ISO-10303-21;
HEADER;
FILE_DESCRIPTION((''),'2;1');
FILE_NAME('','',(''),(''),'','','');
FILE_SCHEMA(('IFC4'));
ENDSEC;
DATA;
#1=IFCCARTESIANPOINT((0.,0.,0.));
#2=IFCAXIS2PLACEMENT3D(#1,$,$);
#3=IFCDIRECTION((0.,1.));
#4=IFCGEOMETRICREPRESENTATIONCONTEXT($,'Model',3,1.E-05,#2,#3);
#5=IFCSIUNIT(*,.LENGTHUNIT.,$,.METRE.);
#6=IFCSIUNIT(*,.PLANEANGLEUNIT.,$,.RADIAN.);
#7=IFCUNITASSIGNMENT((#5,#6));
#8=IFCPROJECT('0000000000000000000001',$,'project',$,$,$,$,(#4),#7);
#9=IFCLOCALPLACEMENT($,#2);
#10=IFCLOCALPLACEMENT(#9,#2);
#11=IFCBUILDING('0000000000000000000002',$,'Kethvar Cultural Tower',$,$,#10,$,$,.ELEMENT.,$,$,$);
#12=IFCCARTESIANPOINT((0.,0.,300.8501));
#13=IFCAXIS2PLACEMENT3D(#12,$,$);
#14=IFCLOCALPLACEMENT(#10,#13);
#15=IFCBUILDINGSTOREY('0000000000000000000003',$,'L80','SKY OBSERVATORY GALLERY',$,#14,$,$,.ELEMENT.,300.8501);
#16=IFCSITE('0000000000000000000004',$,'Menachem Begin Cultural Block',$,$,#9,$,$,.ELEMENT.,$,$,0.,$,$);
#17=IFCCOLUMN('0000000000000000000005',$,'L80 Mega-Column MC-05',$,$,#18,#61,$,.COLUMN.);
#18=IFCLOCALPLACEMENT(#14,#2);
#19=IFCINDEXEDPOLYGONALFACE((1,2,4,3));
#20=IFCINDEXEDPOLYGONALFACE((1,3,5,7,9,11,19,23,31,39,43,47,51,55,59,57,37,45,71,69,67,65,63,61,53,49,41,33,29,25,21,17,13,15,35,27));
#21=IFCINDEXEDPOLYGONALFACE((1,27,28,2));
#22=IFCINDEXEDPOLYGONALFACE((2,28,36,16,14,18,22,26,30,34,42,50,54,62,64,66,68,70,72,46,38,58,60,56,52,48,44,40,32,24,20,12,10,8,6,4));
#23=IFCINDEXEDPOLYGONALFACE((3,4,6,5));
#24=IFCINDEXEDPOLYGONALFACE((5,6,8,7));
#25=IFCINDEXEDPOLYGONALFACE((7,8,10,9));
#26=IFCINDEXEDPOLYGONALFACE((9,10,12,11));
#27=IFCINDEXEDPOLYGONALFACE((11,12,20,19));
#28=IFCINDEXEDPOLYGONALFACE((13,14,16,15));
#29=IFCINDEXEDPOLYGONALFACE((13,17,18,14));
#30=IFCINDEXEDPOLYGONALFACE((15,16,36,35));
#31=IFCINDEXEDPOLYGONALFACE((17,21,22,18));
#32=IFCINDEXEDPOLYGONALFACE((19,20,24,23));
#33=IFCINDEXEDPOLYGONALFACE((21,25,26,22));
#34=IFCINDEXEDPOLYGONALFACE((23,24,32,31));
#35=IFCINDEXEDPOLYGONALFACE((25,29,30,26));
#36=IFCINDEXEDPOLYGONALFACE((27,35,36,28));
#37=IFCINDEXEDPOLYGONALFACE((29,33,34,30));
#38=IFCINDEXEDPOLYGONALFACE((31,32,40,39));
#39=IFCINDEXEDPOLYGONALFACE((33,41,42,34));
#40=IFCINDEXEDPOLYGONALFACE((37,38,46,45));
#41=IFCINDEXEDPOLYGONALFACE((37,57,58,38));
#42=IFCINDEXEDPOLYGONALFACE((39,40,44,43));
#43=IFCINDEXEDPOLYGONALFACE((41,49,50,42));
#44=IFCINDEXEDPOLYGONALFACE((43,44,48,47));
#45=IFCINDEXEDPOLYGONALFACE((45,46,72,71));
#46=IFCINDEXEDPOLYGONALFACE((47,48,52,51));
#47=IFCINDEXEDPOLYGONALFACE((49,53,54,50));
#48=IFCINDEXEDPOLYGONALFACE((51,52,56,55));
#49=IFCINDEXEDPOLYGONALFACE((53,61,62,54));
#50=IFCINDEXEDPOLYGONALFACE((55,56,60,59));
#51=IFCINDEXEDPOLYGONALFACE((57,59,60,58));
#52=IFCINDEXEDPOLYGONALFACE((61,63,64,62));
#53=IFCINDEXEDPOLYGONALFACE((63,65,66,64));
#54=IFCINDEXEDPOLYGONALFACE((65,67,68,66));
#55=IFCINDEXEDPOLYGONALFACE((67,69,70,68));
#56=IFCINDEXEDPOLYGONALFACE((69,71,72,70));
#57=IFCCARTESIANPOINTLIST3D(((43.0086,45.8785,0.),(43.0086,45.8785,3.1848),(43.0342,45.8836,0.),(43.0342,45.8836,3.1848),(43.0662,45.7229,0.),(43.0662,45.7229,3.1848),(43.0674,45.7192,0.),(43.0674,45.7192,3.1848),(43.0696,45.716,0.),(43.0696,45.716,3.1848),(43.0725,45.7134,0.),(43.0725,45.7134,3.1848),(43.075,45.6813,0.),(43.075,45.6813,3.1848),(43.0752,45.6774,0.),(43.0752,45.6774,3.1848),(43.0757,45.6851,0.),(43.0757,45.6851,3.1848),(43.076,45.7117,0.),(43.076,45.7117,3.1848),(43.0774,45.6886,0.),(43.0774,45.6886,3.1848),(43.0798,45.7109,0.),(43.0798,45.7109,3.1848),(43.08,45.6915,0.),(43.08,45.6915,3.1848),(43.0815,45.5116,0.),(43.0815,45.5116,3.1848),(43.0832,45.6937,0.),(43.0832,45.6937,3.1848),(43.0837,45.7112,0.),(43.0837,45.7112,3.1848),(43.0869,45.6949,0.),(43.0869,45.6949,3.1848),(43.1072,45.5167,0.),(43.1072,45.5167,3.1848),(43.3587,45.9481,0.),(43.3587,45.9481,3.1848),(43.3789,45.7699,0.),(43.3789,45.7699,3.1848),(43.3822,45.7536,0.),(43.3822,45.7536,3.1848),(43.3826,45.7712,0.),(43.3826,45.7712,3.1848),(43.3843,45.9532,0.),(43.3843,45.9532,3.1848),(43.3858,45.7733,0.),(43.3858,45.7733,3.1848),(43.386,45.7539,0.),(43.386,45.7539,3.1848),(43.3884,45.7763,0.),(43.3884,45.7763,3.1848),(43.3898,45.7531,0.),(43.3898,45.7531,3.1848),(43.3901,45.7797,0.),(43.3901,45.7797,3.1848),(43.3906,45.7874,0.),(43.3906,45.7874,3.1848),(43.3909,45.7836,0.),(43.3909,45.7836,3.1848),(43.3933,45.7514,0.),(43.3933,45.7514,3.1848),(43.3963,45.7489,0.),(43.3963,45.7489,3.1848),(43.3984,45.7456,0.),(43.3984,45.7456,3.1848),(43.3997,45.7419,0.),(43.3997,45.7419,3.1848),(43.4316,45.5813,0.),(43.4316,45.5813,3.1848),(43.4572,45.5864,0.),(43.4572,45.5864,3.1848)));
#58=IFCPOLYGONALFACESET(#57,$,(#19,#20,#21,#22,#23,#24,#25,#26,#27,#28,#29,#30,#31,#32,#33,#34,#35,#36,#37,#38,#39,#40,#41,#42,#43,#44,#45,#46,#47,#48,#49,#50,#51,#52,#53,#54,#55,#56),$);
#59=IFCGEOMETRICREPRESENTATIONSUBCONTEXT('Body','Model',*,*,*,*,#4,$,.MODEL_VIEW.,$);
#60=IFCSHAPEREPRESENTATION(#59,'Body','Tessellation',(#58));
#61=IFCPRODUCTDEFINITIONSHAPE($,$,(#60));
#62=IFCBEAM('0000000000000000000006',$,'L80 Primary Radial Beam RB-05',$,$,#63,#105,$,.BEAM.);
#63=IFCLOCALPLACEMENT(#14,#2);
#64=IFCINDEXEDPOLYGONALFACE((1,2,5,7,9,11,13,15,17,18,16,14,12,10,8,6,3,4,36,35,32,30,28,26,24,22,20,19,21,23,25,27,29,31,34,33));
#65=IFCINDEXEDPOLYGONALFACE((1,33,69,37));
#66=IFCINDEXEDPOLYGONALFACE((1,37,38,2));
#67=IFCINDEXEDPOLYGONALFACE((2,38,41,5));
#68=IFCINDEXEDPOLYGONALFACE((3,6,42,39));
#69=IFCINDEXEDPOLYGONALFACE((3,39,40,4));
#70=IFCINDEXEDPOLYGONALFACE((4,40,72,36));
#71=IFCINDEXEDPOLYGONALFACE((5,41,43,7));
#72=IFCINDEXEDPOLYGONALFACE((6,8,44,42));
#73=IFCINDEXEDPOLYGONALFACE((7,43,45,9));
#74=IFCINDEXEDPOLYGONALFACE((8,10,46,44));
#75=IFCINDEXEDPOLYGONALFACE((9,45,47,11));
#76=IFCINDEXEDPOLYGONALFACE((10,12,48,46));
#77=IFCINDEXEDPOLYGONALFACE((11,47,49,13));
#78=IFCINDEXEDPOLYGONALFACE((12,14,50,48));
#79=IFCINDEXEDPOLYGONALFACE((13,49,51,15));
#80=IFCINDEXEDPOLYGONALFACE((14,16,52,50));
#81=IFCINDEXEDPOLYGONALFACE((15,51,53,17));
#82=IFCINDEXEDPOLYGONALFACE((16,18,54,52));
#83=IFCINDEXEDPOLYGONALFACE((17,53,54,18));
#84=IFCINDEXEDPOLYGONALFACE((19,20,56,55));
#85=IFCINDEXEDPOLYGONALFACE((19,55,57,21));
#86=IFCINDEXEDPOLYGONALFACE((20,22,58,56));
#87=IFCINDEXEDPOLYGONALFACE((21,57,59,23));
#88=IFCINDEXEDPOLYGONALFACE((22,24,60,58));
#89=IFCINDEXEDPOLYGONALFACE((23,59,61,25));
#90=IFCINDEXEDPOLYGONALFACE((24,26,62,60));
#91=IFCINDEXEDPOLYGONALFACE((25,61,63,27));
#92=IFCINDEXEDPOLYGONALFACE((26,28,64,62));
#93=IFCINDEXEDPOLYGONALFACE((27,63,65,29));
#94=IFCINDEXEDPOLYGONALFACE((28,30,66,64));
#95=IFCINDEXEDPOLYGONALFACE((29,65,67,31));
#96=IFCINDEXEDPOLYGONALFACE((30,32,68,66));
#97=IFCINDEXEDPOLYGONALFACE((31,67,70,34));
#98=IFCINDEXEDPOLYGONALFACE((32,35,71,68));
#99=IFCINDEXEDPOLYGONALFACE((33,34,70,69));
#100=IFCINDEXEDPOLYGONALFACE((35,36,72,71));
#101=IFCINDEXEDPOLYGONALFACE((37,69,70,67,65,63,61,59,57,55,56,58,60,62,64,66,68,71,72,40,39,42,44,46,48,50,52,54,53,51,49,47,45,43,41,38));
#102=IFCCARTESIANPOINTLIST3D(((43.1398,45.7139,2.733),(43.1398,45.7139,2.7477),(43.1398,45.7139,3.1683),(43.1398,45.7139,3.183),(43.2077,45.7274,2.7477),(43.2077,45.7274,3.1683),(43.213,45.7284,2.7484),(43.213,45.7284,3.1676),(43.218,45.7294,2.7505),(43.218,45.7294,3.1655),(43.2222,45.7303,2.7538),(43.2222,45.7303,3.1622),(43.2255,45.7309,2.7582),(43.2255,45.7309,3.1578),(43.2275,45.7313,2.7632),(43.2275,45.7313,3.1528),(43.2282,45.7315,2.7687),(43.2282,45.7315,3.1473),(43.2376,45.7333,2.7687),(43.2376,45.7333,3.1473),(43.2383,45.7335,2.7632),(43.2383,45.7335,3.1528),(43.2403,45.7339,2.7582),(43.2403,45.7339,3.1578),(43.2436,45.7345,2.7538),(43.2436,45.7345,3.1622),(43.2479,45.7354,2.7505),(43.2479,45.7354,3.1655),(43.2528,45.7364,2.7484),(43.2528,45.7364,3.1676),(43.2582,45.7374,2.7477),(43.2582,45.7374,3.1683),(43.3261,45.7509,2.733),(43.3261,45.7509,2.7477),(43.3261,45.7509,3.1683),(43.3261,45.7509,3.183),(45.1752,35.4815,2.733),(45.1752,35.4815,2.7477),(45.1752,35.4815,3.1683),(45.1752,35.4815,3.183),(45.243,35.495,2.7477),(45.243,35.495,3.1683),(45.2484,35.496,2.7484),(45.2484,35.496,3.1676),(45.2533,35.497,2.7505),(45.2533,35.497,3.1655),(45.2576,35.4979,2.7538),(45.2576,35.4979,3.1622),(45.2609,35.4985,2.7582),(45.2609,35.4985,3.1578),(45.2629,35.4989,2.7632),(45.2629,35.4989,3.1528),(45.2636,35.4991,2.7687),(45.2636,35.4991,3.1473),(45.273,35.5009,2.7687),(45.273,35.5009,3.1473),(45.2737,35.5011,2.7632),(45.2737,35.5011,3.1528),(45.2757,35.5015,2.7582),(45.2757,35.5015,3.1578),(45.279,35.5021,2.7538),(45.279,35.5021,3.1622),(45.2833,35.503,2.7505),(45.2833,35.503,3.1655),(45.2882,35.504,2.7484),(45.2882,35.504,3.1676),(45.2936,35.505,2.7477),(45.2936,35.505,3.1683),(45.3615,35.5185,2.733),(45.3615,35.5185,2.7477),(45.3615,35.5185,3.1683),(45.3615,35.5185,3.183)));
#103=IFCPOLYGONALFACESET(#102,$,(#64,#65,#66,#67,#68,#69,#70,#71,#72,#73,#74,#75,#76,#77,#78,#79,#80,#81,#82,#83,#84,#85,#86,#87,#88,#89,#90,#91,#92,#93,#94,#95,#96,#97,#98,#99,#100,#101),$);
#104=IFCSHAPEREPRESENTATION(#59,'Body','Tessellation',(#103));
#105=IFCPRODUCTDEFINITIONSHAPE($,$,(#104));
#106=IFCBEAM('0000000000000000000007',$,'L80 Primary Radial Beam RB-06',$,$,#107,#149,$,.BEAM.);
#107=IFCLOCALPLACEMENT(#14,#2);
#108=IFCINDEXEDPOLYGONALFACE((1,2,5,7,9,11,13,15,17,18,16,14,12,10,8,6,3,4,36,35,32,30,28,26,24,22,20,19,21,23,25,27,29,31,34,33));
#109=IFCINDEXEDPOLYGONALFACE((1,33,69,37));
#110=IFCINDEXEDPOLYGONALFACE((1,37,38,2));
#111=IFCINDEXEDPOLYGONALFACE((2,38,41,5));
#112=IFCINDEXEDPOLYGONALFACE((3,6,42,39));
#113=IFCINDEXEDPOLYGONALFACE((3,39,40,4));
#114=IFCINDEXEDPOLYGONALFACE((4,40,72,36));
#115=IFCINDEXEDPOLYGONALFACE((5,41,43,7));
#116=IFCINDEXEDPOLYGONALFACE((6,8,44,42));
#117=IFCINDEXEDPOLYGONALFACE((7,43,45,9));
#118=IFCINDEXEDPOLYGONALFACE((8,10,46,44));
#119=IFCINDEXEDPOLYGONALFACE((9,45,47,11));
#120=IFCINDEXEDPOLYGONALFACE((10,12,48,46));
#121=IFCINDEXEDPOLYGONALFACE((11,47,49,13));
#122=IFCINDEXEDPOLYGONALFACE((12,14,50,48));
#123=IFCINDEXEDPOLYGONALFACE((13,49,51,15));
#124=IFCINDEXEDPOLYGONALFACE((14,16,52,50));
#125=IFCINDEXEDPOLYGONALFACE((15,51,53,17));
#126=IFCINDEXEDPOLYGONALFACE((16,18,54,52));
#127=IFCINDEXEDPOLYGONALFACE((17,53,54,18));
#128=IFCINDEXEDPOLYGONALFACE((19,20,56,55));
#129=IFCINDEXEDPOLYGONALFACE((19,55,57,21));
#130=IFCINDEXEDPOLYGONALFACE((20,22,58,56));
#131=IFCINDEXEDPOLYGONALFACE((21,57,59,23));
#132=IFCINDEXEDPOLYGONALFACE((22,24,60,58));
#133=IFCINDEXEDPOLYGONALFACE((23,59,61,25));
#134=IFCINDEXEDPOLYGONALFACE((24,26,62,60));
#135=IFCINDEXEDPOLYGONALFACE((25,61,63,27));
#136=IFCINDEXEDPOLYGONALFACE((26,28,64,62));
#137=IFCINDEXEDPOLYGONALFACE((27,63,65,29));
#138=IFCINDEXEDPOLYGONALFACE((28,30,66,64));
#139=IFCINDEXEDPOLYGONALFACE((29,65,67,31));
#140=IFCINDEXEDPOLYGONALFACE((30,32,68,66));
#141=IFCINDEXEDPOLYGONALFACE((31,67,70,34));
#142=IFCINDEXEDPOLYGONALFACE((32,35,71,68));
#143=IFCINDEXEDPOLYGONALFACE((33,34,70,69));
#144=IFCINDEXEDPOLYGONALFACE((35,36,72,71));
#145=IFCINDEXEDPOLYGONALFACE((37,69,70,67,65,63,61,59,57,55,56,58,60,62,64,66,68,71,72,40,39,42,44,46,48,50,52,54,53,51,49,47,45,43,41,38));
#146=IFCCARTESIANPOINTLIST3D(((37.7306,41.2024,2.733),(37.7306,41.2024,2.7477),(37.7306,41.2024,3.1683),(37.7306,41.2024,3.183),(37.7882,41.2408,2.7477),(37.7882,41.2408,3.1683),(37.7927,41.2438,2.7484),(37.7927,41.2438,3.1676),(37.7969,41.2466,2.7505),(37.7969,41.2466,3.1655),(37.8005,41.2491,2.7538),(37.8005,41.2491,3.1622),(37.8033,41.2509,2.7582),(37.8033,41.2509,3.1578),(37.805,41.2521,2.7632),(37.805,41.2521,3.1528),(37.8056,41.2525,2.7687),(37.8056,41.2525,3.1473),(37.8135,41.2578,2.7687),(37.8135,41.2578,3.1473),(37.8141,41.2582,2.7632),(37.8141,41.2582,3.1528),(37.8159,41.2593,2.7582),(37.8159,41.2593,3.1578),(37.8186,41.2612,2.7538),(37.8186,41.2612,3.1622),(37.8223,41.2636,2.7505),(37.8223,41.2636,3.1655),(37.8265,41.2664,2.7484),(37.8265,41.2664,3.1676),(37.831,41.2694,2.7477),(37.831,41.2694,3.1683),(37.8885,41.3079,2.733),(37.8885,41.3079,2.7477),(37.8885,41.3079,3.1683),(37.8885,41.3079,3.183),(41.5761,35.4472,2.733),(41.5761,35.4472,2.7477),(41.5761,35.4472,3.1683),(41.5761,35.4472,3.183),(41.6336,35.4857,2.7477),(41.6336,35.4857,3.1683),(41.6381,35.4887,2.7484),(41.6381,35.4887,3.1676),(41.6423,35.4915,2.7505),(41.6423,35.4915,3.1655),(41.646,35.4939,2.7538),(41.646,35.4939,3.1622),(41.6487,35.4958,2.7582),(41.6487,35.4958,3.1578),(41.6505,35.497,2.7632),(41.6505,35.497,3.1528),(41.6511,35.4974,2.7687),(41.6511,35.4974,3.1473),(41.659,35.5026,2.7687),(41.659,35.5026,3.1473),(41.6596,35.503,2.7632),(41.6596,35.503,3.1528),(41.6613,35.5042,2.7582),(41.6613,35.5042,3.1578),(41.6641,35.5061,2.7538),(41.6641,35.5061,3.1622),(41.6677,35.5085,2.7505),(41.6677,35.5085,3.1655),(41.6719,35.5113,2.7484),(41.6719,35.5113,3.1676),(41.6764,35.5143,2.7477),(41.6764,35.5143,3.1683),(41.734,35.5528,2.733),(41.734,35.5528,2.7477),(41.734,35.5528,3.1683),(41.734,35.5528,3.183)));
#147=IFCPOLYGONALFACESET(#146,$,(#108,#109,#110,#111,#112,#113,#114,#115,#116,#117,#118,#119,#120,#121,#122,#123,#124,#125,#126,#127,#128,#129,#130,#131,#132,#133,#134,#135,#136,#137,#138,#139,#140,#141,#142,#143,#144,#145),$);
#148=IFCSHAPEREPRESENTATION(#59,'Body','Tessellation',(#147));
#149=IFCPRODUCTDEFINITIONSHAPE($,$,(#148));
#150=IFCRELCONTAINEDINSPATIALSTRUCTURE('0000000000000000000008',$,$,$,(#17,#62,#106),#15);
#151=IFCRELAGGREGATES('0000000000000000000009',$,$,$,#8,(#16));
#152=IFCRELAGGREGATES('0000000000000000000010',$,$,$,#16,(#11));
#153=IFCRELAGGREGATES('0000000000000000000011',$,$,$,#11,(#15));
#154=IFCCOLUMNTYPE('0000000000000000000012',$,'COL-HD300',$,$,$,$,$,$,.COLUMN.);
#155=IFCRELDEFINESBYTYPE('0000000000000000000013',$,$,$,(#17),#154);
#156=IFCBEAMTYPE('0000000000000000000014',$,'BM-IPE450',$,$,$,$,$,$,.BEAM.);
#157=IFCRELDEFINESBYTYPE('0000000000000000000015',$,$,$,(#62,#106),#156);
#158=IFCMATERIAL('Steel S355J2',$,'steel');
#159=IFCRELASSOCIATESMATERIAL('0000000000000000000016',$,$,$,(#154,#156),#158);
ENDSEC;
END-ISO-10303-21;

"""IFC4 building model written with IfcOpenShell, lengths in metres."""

from ifc_helpers import new_model, si_unit, direction, frame, origin, origin_2d, place, context, subcontext, project, spatial, i_section, extrude, source, transform, mapped, material, material_profile, profile_set, type_object, element, save


model = new_model("IFC4")

# Units and contexts
model_context = context("Model", 3, precision=1e-05, world=origin(), true_north=direction((0.0, 1.0)))
body_context = subcontext(model_context, "Body", "Model", "MODEL_VIEW")
ifc_project = project(units=[si_unit("LENGTHUNIT", "METRE"), si_unit("PLANEANGLEUNIT", "RADIAN")], contexts=[model_context])

# Site, building, storey
site_placement = place(None, origin())
site = spatial("IfcSite", under=ifc_project, at=site_placement, Name="Menachem Begin Cultural Block", CompositionType="ELEMENT", RefElevation=0.0)
building_placement = place(site_placement, origin())
building = spatial("IfcBuilding", under=site, at=building_placement, Name="Kethvar Cultural Tower", CompositionType="ELEMENT")
storey_placement = place(building_placement, frame((0.0, 0.0, 300.8501)))
storey = spatial("IfcBuildingStorey", under=building, at=storey_placement, Name="L80", Description="SKY OBSERVATORY GALLERY", CompositionType="ELEMENT", Elevation=300.8501)

# Column
ifc_material_1 = material(Name="Steel S355J2", Category="steel")
ifc_material_profile_1 = material_profile(ifc_material_1, i_section(OverallWidth=0.374, OverallDepth=0.3831, WebThickness=0.0166, FlangeThickness=0.0261, FilletRadius=0.0149, at=origin_2d()), Name="Steel S355J2 — HD360x300")
ifc_profile_set_1 = profile_set([ifc_material_profile_1], Name="Steel S355J2 — HD360x300")
column_type = type_object("IfcColumnType", Name="COL-HD300", PredefinedType="COLUMN", material=ifc_profile_set_1)
shared_shape_1 = source(origin(), body_context, "Body", "SweptSolid", [
    extrude(i_section(OverallWidth=0.374, OverallDepth=0.3831, WebThickness=0.0166, FlangeThickness=0.0261, FilletRadius=0.0149, at=origin_2d()), origin(), (0.0, 0.0, 1.0), 3.1848),
])
column_placement = place(storey_placement, frame((43.2329, 45.7324, 0.0), z_axis=(0.0, 0.0, 1.0), x_axis=(-0.19509, 0.980785, 0.0)))
element("IfcColumn", 1, at=column_placement, inside=storey, type_object=column_type, Name="L80 Mega-Column MC-05", PredefinedType="COLUMN", context=body_context, shape_type="MappedRepresentation", body=[
    mapped(shared_shape_1, transform((0.0, 0.0, 0.0), scale=1.0)),
])

# Beams
ifc_material_profile_2 = material_profile(ifc_material_1, i_section(OverallWidth=0.1899, OverallDepth=0.45, WebThickness=0.0095, FlangeThickness=0.0146, FilletRadius=0.021, at=origin_2d()), Name="Steel S355J2 — IPE450")
ifc_profile_set_2 = profile_set([ifc_material_profile_2], Name="Steel S355J2 — IPE450")
beam_type_1 = type_object("IfcBeamType", Name="BM-IPE450", PredefinedType="BEAM", material=ifc_profile_set_2)
shared_shape_2 = source(origin(), body_context, "Body", "SweptSolid", [
    extrude(i_section(OverallWidth=0.1899, OverallDepth=0.45, WebThickness=0.0095, FlangeThickness=0.0146, FilletRadius=0.021, at=origin_2d()), origin(), (0.0, 0.0, 1.0), 10.4329),
])
beam_1_placement = place(storey_placement, frame((45.2683, 35.5, 2.958), z_axis=(-0.195094, 0.980784, 0.0), x_axis=(-0.980784, -0.195094, 0.0)))
element("IfcBeam", 2, at=beam_1_placement, inside=storey, type_object=beam_type_1, Name="L80 Primary Radial Beam RB-05", PredefinedType="BEAM", context=body_context, shape_type="MappedRepresentation", body=[
    mapped(shared_shape_2, transform((0.0, 0.0, 0.0), scale=1.0)),
])
shared_shape_3 = source(origin(), body_context, "Body", "SweptSolid", [
    extrude(i_section(OverallWidth=0.1899, OverallDepth=0.45, WebThickness=0.0095, FlangeThickness=0.0146, FilletRadius=0.021, at=origin_2d()), origin(), (0.0, 0.0, 1.0), 6.9216),
])
beam_2_placement = place(storey_placement, frame((41.655, 35.5, 2.958), z_axis=(-0.555571, 0.831469, 0.0), x_axis=(-0.831469, -0.555571, 0.0)))
element("IfcBeam", 3, at=beam_2_placement, inside=storey, type_object=beam_type_1, Name="L80 Primary Radial Beam RB-06", PredefinedType="BEAM", context=body_context, shape_type="MappedRepresentation", body=[
    mapped(shared_shape_3, transform((0.0, 0.0, 0.0), scale=1.0)),
])

save(model, "model.ifc")
